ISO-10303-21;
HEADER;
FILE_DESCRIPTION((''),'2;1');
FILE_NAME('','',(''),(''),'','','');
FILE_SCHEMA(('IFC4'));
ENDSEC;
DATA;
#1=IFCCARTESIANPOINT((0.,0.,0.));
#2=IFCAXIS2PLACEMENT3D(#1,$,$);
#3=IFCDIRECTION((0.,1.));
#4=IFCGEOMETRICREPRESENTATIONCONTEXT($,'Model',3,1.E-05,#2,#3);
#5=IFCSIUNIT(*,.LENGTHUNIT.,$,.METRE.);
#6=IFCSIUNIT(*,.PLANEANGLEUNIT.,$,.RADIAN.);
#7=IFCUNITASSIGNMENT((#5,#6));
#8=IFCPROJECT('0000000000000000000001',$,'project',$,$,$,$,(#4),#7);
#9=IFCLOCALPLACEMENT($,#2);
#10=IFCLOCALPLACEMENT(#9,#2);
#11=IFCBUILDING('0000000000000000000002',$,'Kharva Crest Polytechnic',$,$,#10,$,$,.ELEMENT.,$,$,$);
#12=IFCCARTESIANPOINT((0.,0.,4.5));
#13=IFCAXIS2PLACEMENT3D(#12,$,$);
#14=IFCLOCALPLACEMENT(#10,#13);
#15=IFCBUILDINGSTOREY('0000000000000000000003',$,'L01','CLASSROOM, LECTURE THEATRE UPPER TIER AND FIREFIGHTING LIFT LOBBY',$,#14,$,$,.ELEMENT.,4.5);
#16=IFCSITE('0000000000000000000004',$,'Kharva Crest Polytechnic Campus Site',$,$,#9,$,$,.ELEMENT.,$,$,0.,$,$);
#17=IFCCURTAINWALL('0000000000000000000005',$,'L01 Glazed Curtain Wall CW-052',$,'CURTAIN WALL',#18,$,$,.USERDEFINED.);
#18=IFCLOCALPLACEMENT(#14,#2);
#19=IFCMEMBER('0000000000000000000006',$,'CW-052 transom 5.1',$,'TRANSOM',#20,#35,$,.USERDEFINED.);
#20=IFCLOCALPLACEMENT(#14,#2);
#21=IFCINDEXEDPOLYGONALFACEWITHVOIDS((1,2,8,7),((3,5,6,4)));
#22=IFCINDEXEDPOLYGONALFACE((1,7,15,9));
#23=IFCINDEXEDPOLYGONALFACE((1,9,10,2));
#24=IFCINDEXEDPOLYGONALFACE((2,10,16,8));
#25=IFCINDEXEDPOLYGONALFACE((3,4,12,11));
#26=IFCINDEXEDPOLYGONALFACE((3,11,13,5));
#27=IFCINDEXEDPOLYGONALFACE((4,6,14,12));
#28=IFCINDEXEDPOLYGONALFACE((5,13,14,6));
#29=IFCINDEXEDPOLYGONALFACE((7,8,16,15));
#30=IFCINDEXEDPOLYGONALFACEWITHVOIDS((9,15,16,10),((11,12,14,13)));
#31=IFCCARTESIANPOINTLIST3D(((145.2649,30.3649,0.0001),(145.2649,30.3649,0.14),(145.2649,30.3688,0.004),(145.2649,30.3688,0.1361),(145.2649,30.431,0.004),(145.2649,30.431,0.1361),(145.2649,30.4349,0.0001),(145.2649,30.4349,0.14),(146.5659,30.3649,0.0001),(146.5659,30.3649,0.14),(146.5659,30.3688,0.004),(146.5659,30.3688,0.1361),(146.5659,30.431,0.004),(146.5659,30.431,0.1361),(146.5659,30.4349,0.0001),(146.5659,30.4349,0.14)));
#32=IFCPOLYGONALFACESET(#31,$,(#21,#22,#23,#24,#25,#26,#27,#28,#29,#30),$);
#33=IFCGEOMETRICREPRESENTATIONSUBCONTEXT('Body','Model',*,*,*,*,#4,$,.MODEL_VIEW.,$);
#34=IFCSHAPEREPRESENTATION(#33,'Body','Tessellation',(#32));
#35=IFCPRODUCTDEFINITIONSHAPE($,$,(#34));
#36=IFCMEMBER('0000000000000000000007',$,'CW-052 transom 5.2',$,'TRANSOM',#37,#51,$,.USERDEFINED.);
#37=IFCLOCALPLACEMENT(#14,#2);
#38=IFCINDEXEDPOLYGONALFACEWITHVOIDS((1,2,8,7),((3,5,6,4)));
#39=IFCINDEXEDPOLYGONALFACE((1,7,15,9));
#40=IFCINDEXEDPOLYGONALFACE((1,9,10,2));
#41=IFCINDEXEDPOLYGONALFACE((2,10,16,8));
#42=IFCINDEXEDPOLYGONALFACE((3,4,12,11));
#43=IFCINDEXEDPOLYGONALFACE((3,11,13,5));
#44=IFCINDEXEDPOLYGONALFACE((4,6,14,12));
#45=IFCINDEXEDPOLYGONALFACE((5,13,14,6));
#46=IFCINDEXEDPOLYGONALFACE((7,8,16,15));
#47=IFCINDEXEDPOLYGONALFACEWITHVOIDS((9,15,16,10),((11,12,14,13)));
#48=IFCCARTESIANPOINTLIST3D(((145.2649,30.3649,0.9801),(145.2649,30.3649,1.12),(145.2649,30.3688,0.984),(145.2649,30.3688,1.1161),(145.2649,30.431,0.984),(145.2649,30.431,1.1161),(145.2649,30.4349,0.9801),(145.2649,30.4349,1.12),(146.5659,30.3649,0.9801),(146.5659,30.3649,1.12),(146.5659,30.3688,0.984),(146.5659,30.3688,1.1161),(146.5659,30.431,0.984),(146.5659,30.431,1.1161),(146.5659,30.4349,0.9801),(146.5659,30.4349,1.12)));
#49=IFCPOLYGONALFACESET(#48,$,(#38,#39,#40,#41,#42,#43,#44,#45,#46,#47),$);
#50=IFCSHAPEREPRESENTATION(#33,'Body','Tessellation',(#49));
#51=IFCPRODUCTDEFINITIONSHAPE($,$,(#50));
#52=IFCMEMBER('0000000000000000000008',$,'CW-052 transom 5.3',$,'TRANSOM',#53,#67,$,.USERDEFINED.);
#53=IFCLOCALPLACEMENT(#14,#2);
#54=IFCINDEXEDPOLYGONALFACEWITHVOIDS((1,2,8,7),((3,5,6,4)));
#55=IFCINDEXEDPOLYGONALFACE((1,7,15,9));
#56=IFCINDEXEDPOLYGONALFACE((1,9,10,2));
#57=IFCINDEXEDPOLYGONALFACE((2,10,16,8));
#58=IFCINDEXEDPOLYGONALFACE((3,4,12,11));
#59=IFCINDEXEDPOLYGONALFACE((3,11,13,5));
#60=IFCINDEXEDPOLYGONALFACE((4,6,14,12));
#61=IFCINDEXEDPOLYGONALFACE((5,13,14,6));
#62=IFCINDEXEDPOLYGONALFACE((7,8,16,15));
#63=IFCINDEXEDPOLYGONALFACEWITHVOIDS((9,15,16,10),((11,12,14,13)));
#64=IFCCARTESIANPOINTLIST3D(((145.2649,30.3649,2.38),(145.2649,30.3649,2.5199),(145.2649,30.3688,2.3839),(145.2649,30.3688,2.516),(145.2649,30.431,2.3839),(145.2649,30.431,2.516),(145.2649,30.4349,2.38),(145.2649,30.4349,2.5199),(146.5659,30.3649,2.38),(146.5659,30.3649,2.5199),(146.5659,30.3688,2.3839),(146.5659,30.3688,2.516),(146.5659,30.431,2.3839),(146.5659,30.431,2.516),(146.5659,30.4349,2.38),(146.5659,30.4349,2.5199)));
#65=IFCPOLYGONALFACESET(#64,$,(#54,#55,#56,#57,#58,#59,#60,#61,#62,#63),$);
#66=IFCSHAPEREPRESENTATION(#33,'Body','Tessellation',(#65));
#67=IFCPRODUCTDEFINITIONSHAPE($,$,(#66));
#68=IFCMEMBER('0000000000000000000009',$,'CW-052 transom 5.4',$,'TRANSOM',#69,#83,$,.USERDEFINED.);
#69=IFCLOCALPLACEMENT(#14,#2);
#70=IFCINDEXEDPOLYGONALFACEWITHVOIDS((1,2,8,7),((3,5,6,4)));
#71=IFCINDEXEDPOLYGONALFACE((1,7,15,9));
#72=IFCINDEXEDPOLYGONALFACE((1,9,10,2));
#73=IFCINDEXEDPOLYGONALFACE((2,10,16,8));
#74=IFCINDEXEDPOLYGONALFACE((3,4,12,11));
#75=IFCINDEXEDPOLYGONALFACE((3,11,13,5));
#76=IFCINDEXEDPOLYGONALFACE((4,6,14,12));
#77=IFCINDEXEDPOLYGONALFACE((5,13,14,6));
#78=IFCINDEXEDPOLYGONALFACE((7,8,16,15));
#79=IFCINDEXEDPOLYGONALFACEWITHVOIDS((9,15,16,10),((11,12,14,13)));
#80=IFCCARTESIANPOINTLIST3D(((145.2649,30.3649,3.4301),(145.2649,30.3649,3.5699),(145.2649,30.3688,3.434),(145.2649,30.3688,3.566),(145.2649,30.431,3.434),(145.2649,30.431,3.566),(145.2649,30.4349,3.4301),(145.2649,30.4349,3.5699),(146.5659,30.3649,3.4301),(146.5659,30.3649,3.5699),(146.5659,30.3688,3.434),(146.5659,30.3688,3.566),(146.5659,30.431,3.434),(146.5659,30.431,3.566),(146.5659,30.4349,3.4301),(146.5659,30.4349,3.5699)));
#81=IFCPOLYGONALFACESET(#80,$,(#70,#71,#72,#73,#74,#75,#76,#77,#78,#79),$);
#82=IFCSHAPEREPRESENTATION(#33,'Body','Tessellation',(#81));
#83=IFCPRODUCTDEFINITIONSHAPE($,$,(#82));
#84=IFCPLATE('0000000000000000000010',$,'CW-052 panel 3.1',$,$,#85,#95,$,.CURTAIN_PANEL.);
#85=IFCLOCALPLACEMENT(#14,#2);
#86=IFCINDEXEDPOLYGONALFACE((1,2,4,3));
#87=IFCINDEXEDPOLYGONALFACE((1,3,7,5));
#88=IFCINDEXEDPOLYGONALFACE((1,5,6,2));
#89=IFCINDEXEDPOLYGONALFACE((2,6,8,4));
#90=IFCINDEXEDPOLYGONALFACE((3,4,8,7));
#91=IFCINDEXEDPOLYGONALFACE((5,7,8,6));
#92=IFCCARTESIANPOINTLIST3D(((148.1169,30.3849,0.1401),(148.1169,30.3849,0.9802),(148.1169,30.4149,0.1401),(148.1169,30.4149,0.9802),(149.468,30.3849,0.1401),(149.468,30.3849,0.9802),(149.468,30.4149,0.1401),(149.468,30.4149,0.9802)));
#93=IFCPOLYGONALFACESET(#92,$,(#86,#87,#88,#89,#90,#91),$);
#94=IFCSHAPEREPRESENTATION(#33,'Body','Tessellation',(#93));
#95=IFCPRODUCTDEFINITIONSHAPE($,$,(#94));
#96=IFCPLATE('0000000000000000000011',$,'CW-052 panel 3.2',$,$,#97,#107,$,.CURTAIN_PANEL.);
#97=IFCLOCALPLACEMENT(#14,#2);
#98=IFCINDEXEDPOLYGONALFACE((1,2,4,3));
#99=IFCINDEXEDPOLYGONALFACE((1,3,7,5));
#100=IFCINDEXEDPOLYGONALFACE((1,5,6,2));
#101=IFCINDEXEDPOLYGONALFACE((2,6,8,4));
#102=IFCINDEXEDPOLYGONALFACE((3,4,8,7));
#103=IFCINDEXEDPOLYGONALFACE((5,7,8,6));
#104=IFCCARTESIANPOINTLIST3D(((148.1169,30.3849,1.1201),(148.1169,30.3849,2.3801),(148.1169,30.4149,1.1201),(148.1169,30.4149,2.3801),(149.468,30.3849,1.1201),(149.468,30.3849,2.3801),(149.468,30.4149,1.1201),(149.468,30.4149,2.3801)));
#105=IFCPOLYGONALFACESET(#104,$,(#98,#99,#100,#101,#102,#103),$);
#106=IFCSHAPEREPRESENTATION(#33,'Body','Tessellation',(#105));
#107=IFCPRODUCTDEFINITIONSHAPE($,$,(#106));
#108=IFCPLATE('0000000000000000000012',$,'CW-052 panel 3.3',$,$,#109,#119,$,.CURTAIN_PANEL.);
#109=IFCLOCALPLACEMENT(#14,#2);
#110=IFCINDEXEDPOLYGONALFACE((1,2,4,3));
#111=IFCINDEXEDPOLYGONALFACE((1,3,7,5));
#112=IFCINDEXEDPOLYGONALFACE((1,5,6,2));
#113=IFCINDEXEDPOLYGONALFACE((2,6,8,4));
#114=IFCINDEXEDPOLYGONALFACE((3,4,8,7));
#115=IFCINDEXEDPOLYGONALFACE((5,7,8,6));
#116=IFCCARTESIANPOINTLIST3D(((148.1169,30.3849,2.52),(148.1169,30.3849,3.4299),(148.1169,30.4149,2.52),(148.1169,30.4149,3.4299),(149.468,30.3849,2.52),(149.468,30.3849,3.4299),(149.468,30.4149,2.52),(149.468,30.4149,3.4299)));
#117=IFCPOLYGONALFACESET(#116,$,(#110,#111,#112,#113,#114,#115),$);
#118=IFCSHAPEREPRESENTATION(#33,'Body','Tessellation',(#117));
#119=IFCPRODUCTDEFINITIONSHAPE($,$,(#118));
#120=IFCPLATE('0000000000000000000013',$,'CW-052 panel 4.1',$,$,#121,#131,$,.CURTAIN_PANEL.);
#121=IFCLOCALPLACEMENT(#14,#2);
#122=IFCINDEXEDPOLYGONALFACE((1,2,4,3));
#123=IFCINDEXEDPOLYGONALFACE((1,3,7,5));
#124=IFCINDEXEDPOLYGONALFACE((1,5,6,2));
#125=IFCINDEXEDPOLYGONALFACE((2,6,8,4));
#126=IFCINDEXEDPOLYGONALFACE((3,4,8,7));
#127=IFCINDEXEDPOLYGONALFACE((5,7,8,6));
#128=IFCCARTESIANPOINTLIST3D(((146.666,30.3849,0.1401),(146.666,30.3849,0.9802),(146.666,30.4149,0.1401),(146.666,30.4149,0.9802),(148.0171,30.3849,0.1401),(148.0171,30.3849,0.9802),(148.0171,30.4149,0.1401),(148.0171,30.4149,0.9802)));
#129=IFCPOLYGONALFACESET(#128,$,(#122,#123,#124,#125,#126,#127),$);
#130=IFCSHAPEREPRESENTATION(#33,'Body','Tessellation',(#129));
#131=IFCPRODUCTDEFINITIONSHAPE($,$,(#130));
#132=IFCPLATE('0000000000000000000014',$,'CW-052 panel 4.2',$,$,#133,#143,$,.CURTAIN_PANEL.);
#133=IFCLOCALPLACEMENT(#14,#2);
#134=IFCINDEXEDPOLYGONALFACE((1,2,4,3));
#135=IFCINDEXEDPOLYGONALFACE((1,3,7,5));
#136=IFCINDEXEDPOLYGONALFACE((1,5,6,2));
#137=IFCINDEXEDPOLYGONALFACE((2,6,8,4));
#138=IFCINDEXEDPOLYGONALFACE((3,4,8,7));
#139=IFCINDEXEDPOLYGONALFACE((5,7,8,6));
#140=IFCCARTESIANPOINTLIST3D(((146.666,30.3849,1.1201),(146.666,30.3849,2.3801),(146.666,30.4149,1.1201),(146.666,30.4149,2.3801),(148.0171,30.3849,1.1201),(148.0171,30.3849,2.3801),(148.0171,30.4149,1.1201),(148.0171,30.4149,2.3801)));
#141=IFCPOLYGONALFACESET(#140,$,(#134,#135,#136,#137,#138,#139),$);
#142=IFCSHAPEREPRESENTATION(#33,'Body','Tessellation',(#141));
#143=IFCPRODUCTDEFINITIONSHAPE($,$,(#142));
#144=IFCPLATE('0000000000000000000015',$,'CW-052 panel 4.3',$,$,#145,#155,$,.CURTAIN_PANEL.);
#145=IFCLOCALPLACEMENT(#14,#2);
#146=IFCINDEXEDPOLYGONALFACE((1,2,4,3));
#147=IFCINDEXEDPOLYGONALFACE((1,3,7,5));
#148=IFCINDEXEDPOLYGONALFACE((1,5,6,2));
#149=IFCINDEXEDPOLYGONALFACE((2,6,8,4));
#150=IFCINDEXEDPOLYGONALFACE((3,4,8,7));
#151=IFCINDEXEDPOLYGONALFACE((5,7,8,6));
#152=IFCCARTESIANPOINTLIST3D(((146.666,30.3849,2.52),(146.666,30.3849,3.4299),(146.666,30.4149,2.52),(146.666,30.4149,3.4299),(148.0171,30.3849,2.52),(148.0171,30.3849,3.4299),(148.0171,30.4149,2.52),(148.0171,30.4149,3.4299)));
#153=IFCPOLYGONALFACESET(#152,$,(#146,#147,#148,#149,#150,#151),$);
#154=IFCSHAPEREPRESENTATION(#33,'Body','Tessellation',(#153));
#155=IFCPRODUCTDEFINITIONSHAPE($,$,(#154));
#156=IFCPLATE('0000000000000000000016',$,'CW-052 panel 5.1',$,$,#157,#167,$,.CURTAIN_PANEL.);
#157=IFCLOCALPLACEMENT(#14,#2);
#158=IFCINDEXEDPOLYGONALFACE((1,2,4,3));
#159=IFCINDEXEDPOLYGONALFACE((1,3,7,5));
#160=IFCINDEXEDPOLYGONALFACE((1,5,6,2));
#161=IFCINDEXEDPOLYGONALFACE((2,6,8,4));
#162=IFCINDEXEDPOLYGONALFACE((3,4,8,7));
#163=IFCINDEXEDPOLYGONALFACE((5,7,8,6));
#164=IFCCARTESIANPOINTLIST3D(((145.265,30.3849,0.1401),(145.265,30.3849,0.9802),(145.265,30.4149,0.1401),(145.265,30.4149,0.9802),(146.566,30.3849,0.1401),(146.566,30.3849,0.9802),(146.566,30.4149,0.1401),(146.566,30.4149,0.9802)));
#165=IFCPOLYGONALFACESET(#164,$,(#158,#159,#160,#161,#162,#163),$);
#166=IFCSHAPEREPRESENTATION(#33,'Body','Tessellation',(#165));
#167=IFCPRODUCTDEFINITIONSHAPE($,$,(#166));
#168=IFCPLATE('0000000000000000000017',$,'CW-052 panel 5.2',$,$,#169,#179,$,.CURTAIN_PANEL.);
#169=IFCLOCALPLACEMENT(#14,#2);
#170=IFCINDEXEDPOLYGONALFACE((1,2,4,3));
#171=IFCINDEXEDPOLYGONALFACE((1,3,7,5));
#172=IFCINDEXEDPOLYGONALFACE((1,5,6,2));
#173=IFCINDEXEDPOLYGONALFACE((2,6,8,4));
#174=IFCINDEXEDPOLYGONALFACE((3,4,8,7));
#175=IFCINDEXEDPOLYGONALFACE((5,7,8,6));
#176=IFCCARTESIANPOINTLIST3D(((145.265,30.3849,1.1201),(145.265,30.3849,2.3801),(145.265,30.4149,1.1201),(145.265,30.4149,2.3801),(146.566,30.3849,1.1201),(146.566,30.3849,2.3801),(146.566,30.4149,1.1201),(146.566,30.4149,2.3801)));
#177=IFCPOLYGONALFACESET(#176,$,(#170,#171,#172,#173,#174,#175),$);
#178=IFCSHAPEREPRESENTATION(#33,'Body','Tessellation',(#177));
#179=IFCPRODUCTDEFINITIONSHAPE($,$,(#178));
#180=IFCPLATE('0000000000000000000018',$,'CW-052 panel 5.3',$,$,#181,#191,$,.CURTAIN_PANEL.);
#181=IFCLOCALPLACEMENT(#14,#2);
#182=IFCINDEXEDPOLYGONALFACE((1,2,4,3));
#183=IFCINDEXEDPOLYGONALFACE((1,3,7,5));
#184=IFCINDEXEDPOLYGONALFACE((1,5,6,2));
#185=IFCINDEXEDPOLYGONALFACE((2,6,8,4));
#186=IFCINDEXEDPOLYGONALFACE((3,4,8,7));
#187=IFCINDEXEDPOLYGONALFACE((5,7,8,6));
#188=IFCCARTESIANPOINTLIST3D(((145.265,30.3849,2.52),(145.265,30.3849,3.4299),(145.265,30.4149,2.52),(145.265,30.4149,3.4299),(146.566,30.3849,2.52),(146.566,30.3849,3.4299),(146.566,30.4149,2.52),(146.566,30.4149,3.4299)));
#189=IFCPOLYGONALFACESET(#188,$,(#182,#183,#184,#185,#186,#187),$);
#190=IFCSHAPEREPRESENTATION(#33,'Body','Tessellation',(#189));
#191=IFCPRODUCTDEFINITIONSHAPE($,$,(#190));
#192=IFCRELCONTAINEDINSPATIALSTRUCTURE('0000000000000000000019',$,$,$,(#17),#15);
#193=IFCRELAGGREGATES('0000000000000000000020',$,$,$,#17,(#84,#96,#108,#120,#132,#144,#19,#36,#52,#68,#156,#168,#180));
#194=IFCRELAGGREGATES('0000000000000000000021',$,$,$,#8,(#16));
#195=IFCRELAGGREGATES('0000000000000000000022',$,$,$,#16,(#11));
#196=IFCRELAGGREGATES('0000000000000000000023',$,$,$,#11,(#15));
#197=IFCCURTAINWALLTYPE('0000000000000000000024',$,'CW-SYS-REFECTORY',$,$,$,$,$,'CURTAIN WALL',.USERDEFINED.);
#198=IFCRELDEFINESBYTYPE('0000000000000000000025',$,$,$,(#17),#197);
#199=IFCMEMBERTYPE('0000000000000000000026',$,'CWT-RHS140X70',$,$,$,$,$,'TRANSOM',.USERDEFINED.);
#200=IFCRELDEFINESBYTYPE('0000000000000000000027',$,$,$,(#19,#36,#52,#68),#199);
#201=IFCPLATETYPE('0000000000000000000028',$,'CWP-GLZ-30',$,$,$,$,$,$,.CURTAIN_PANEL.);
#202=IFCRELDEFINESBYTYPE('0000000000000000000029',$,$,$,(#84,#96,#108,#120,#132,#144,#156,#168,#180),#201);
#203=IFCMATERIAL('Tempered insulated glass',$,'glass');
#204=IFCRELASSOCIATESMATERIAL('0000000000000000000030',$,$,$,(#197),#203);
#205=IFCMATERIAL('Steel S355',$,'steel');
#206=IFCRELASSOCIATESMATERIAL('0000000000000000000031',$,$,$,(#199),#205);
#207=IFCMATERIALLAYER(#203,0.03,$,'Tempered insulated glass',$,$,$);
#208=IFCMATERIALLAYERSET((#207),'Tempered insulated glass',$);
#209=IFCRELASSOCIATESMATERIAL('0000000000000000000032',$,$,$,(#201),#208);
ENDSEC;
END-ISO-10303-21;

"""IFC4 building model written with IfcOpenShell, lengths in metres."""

from ifc_helpers import new_model, si_unit, direction, frame, origin, origin_2d, place, context, subcontext, project, spatial, rectangle, hollow_rectangle, extrude, material, layer, layer_set, material_profile, profile_set, type_object, element, aggregate, save


model = new_model("IFC4")

# Units and contexts
model_context = context("Model", 3, precision=1e-05, world=origin(), true_north=direction((0.0, 1.0)))
body_context = subcontext(model_context, "Body", "Model", "MODEL_VIEW")
ifc_project = project(units=[si_unit("LENGTHUNIT", "METRE"), si_unit("PLANEANGLEUNIT", "RADIAN")], contexts=[model_context])

# Site, building, storey
site_placement = place(None, origin())
site = spatial("IfcSite", under=ifc_project, at=site_placement, Name="Kharva Crest Polytechnic Campus Site", CompositionType="ELEMENT", RefElevation=0.0)
building_placement = place(site_placement, origin())
building = spatial("IfcBuilding", under=site, at=building_placement, Name="Kharva Crest Polytechnic", CompositionType="ELEMENT")
storey_placement = place(building_placement, frame((0.0, 0.0, 4.5)))
storey = spatial("IfcBuildingStorey", under=building, at=storey_placement, Name="L01", Description="CLASSROOM, LECTURE THEATRE UPPER TIER AND FIREFIGHTING LIFT LOBBY", CompositionType="ELEMENT", Elevation=4.5)

# Curtain wall, members, plates
ifc_material_1 = material(Name="Tempered insulated glass", Category="glass")
curtain_wall_type = type_object("IfcCurtainWallType", Name="CW-SYS-REFECTORY", ElementType="CURTAIN WALL", PredefinedType="USERDEFINED", material=ifc_material_1)
curtain_wall_placement = place(storey_placement, origin())
curtain_wall = element("IfcCurtainWall", 1, at=curtain_wall_placement, inside=storey, type_object=curtain_wall_type, Name="L01 Glazed Curtain Wall CW-052", ObjectType="CURTAIN WALL", PredefinedType="USERDEFINED")
ifc_material_2 = material(Name="Steel S355", Category="steel")
ifc_material_profile_1 = material_profile(ifc_material_2, hollow_rectangle(XDim=0.0701, YDim=0.1399, WallThickness=0.0039, at=origin_2d()), Name="RHS 140X70X4.0")
ifc_profile_set_1 = profile_set([ifc_material_profile_1], Name="Steel S355")
member_type_1 = type_object("IfcMemberType", Name="CWT-RHS140X70", ElementType="TRANSOM", PredefinedType="USERDEFINED", material=ifc_profile_set_1)
member_1_placement = place(storey_placement, frame((146.5659, 30.3999, 0.0701), z_axis=(-1.0, 0.0, 0.0), x_axis=(0.0, -1.0, 0.0)))
member_1 = element("IfcMember", 2, at=member_1_placement, type_object=member_type_1, Name="CW-052 transom 5.1", ObjectType="TRANSOM", PredefinedType="USERDEFINED", context=body_context, shape_type="SweptSolid", body=[
    extrude(hollow_rectangle(XDim=0.0701, YDim=0.1399, WallThickness=0.0039, at=origin_2d()), origin(), (0.0, 0.0, 1.0), 1.301),
])
member_2_placement = place(storey_placement, frame((146.5659, 30.3999, 1.05), z_axis=(-1.0, 0.0, 0.0), x_axis=(0.0, -1.0, 0.0)))
member_2 = element("IfcMember", 3, at=member_2_placement, type_object=member_type_1, Name="CW-052 transom 5.2", ObjectType="TRANSOM", PredefinedType="USERDEFINED", context=body_context, shape_type="SweptSolid", body=[
    extrude(hollow_rectangle(XDim=0.0701, YDim=0.1399, WallThickness=0.0039, at=origin_2d()), origin(), (0.0, 0.0, 1.0), 1.301),
])
member_3_placement = place(storey_placement, frame((146.5659, 30.3999, 2.45), z_axis=(-1.0, 0.0, 0.0), x_axis=(0.0, -1.0, 0.0)))
member_3 = element("IfcMember", 4, at=member_3_placement, type_object=member_type_1, Name="CW-052 transom 5.3", ObjectType="TRANSOM", PredefinedType="USERDEFINED", context=body_context, shape_type="SweptSolid", body=[
    extrude(hollow_rectangle(XDim=0.0701, YDim=0.1399, WallThickness=0.0039, at=origin_2d()), origin(), (0.0, 0.0, 1.0), 1.301),
])
member_4_placement = place(storey_placement, frame((146.5659, 30.3999, 3.5), z_axis=(-1.0, 0.0, 0.0), x_axis=(0.0, -1.0, 0.0)))
member_4 = element("IfcMember", 5, at=member_4_placement, type_object=member_type_1, Name="CW-052 transom 5.4", ObjectType="TRANSOM", PredefinedType="USERDEFINED", context=body_context, shape_type="SweptSolid", body=[
    extrude(hollow_rectangle(XDim=0.0701, YDim=0.1399, WallThickness=0.0039, at=origin_2d()), origin(), (0.0, 0.0, 1.0), 1.301),
])
ifc_layer = layer(ifc_material_1, 0.03, Name="Tempered insulated glass")
ifc_layer_set = layer_set([ifc_layer], Name="Tempered insulated glass")
plate_type = type_object("IfcPlateType", Name="CWP-GLZ-30", PredefinedType="CURTAIN_PANEL", material=ifc_layer_set)
plate_1_placement = place(storey_placement, frame((148.7925, 30.3999, 0.1401), z_axis=(0.0, 0.0, 1.0), x_axis=(-1.0, 0.0, 0.0)))
plate_1 = element("IfcPlate", 6, at=plate_1_placement, type_object=plate_type, Name="CW-052 panel 3.1", PredefinedType="CURTAIN_PANEL", context=body_context, shape_type="SweptSolid", body=[
    extrude(rectangle(XDim=1.3511, YDim=0.03, at=origin_2d()), origin(), (0.0, 0.0, 1.0), 0.8401),
])
plate_2_placement = place(storey_placement, frame((148.7925, 30.3999, 1.1201), z_axis=(0.0, 0.0, 1.0), x_axis=(-1.0, 0.0, 0.0)))
plate_2 = element("IfcPlate", 7, at=plate_2_placement, type_object=plate_type, Name="CW-052 panel 3.2", PredefinedType="CURTAIN_PANEL", context=body_context, shape_type="SweptSolid", body=[
    extrude(rectangle(XDim=1.3511, YDim=0.03, at=origin_2d()), origin(), (0.0, 0.0, 1.0), 1.26),
])
plate_3_placement = place(storey_placement, frame((148.7925, 30.3999, 2.52), z_axis=(0.0, 0.0, 1.0), x_axis=(-1.0, 0.0, 0.0)))
plate_3 = element("IfcPlate", 8, at=plate_3_placement, type_object=plate_type, Name="CW-052 panel 3.3", PredefinedType="CURTAIN_PANEL", context=body_context, shape_type="SweptSolid", body=[
    extrude(rectangle(XDim=1.3511, YDim=0.03, at=origin_2d()), origin(), (0.0, 0.0, 1.0), 0.9099),
])
plate_4_placement = place(storey_placement, frame((147.3416, 30.3999, 0.1401), z_axis=(0.0, 0.0, 1.0), x_axis=(-1.0, 0.0, 0.0)))
plate_4 = element("IfcPlate", 9, at=plate_4_placement, type_object=plate_type, Name="CW-052 panel 4.1", PredefinedType="CURTAIN_PANEL", context=body_context, shape_type="SweptSolid", body=[
    extrude(rectangle(XDim=1.3511, YDim=0.03, at=origin_2d()), origin(), (0.0, 0.0, 1.0), 0.8401),
])
plate_5_placement = place(storey_placement, frame((147.3416, 30.3999, 1.1201), z_axis=(0.0, 0.0, 1.0), x_axis=(-1.0, 0.0, 0.0)))
plate_5 = element("IfcPlate", 10, at=plate_5_placement, type_object=plate_type, Name="CW-052 panel 4.2", PredefinedType="CURTAIN_PANEL", context=body_context, shape_type="SweptSolid", body=[
    extrude(rectangle(XDim=1.3511, YDim=0.03, at=origin_2d()), origin(), (0.0, 0.0, 1.0), 1.26),
])
plate_6_placement = place(storey_placement, frame((147.3416, 30.3999, 2.52), z_axis=(0.0, 0.0, 1.0), x_axis=(-1.0, 0.0, 0.0)))
plate_6 = element("IfcPlate", 11, at=plate_6_placement, type_object=plate_type, Name="CW-052 panel 4.3", PredefinedType="CURTAIN_PANEL", context=body_context, shape_type="SweptSolid", body=[
    extrude(rectangle(XDim=1.3511, YDim=0.03, at=origin_2d()), origin(), (0.0, 0.0, 1.0), 0.9099),
])
plate_7_placement = place(storey_placement, frame((145.9155, 30.3999, 0.1401), z_axis=(0.0, 0.0, 1.0), x_axis=(-1.0, 0.0, 0.0)))
plate_7 = element("IfcPlate", 12, at=plate_7_placement, type_object=plate_type, Name="CW-052 panel 5.1", PredefinedType="CURTAIN_PANEL", context=body_context, shape_type="SweptSolid", body=[
    extrude(rectangle(XDim=1.301, YDim=0.03, at=origin_2d()), origin(), (0.0, 0.0, 1.0), 0.8401),
])
plate_8_placement = place(storey_placement, frame((145.9155, 30.3999, 1.1201), z_axis=(0.0, 0.0, 1.0), x_axis=(-1.0, 0.0, 0.0)))
plate_8 = element("IfcPlate", 13, at=plate_8_placement, type_object=plate_type, Name="CW-052 panel 5.2", PredefinedType="CURTAIN_PANEL", context=body_context, shape_type="SweptSolid", body=[
    extrude(rectangle(XDim=1.301, YDim=0.03, at=origin_2d()), origin(), (0.0, 0.0, 1.0), 1.26),
])
plate_9_placement = place(storey_placement, frame((145.9155, 30.3999, 2.52), z_axis=(0.0, 0.0, 1.0), x_axis=(-1.0, 0.0, 0.0)))
plate_9 = element("IfcPlate", 14, at=plate_9_placement, type_object=plate_type, Name="CW-052 panel 5.3", PredefinedType="CURTAIN_PANEL", context=body_context, shape_type="SweptSolid", body=[
    extrude(rectangle(XDim=1.301, YDim=0.03, at=origin_2d()), origin(), (0.0, 0.0, 1.0), 0.9099),
])
aggregate(curtain_wall, [plate_1, plate_2, plate_3, plate_4, plate_5, plate_6, member_1, member_2, member_3, member_4, plate_7, plate_8, plate_9])

save(model, "model.ifc")
